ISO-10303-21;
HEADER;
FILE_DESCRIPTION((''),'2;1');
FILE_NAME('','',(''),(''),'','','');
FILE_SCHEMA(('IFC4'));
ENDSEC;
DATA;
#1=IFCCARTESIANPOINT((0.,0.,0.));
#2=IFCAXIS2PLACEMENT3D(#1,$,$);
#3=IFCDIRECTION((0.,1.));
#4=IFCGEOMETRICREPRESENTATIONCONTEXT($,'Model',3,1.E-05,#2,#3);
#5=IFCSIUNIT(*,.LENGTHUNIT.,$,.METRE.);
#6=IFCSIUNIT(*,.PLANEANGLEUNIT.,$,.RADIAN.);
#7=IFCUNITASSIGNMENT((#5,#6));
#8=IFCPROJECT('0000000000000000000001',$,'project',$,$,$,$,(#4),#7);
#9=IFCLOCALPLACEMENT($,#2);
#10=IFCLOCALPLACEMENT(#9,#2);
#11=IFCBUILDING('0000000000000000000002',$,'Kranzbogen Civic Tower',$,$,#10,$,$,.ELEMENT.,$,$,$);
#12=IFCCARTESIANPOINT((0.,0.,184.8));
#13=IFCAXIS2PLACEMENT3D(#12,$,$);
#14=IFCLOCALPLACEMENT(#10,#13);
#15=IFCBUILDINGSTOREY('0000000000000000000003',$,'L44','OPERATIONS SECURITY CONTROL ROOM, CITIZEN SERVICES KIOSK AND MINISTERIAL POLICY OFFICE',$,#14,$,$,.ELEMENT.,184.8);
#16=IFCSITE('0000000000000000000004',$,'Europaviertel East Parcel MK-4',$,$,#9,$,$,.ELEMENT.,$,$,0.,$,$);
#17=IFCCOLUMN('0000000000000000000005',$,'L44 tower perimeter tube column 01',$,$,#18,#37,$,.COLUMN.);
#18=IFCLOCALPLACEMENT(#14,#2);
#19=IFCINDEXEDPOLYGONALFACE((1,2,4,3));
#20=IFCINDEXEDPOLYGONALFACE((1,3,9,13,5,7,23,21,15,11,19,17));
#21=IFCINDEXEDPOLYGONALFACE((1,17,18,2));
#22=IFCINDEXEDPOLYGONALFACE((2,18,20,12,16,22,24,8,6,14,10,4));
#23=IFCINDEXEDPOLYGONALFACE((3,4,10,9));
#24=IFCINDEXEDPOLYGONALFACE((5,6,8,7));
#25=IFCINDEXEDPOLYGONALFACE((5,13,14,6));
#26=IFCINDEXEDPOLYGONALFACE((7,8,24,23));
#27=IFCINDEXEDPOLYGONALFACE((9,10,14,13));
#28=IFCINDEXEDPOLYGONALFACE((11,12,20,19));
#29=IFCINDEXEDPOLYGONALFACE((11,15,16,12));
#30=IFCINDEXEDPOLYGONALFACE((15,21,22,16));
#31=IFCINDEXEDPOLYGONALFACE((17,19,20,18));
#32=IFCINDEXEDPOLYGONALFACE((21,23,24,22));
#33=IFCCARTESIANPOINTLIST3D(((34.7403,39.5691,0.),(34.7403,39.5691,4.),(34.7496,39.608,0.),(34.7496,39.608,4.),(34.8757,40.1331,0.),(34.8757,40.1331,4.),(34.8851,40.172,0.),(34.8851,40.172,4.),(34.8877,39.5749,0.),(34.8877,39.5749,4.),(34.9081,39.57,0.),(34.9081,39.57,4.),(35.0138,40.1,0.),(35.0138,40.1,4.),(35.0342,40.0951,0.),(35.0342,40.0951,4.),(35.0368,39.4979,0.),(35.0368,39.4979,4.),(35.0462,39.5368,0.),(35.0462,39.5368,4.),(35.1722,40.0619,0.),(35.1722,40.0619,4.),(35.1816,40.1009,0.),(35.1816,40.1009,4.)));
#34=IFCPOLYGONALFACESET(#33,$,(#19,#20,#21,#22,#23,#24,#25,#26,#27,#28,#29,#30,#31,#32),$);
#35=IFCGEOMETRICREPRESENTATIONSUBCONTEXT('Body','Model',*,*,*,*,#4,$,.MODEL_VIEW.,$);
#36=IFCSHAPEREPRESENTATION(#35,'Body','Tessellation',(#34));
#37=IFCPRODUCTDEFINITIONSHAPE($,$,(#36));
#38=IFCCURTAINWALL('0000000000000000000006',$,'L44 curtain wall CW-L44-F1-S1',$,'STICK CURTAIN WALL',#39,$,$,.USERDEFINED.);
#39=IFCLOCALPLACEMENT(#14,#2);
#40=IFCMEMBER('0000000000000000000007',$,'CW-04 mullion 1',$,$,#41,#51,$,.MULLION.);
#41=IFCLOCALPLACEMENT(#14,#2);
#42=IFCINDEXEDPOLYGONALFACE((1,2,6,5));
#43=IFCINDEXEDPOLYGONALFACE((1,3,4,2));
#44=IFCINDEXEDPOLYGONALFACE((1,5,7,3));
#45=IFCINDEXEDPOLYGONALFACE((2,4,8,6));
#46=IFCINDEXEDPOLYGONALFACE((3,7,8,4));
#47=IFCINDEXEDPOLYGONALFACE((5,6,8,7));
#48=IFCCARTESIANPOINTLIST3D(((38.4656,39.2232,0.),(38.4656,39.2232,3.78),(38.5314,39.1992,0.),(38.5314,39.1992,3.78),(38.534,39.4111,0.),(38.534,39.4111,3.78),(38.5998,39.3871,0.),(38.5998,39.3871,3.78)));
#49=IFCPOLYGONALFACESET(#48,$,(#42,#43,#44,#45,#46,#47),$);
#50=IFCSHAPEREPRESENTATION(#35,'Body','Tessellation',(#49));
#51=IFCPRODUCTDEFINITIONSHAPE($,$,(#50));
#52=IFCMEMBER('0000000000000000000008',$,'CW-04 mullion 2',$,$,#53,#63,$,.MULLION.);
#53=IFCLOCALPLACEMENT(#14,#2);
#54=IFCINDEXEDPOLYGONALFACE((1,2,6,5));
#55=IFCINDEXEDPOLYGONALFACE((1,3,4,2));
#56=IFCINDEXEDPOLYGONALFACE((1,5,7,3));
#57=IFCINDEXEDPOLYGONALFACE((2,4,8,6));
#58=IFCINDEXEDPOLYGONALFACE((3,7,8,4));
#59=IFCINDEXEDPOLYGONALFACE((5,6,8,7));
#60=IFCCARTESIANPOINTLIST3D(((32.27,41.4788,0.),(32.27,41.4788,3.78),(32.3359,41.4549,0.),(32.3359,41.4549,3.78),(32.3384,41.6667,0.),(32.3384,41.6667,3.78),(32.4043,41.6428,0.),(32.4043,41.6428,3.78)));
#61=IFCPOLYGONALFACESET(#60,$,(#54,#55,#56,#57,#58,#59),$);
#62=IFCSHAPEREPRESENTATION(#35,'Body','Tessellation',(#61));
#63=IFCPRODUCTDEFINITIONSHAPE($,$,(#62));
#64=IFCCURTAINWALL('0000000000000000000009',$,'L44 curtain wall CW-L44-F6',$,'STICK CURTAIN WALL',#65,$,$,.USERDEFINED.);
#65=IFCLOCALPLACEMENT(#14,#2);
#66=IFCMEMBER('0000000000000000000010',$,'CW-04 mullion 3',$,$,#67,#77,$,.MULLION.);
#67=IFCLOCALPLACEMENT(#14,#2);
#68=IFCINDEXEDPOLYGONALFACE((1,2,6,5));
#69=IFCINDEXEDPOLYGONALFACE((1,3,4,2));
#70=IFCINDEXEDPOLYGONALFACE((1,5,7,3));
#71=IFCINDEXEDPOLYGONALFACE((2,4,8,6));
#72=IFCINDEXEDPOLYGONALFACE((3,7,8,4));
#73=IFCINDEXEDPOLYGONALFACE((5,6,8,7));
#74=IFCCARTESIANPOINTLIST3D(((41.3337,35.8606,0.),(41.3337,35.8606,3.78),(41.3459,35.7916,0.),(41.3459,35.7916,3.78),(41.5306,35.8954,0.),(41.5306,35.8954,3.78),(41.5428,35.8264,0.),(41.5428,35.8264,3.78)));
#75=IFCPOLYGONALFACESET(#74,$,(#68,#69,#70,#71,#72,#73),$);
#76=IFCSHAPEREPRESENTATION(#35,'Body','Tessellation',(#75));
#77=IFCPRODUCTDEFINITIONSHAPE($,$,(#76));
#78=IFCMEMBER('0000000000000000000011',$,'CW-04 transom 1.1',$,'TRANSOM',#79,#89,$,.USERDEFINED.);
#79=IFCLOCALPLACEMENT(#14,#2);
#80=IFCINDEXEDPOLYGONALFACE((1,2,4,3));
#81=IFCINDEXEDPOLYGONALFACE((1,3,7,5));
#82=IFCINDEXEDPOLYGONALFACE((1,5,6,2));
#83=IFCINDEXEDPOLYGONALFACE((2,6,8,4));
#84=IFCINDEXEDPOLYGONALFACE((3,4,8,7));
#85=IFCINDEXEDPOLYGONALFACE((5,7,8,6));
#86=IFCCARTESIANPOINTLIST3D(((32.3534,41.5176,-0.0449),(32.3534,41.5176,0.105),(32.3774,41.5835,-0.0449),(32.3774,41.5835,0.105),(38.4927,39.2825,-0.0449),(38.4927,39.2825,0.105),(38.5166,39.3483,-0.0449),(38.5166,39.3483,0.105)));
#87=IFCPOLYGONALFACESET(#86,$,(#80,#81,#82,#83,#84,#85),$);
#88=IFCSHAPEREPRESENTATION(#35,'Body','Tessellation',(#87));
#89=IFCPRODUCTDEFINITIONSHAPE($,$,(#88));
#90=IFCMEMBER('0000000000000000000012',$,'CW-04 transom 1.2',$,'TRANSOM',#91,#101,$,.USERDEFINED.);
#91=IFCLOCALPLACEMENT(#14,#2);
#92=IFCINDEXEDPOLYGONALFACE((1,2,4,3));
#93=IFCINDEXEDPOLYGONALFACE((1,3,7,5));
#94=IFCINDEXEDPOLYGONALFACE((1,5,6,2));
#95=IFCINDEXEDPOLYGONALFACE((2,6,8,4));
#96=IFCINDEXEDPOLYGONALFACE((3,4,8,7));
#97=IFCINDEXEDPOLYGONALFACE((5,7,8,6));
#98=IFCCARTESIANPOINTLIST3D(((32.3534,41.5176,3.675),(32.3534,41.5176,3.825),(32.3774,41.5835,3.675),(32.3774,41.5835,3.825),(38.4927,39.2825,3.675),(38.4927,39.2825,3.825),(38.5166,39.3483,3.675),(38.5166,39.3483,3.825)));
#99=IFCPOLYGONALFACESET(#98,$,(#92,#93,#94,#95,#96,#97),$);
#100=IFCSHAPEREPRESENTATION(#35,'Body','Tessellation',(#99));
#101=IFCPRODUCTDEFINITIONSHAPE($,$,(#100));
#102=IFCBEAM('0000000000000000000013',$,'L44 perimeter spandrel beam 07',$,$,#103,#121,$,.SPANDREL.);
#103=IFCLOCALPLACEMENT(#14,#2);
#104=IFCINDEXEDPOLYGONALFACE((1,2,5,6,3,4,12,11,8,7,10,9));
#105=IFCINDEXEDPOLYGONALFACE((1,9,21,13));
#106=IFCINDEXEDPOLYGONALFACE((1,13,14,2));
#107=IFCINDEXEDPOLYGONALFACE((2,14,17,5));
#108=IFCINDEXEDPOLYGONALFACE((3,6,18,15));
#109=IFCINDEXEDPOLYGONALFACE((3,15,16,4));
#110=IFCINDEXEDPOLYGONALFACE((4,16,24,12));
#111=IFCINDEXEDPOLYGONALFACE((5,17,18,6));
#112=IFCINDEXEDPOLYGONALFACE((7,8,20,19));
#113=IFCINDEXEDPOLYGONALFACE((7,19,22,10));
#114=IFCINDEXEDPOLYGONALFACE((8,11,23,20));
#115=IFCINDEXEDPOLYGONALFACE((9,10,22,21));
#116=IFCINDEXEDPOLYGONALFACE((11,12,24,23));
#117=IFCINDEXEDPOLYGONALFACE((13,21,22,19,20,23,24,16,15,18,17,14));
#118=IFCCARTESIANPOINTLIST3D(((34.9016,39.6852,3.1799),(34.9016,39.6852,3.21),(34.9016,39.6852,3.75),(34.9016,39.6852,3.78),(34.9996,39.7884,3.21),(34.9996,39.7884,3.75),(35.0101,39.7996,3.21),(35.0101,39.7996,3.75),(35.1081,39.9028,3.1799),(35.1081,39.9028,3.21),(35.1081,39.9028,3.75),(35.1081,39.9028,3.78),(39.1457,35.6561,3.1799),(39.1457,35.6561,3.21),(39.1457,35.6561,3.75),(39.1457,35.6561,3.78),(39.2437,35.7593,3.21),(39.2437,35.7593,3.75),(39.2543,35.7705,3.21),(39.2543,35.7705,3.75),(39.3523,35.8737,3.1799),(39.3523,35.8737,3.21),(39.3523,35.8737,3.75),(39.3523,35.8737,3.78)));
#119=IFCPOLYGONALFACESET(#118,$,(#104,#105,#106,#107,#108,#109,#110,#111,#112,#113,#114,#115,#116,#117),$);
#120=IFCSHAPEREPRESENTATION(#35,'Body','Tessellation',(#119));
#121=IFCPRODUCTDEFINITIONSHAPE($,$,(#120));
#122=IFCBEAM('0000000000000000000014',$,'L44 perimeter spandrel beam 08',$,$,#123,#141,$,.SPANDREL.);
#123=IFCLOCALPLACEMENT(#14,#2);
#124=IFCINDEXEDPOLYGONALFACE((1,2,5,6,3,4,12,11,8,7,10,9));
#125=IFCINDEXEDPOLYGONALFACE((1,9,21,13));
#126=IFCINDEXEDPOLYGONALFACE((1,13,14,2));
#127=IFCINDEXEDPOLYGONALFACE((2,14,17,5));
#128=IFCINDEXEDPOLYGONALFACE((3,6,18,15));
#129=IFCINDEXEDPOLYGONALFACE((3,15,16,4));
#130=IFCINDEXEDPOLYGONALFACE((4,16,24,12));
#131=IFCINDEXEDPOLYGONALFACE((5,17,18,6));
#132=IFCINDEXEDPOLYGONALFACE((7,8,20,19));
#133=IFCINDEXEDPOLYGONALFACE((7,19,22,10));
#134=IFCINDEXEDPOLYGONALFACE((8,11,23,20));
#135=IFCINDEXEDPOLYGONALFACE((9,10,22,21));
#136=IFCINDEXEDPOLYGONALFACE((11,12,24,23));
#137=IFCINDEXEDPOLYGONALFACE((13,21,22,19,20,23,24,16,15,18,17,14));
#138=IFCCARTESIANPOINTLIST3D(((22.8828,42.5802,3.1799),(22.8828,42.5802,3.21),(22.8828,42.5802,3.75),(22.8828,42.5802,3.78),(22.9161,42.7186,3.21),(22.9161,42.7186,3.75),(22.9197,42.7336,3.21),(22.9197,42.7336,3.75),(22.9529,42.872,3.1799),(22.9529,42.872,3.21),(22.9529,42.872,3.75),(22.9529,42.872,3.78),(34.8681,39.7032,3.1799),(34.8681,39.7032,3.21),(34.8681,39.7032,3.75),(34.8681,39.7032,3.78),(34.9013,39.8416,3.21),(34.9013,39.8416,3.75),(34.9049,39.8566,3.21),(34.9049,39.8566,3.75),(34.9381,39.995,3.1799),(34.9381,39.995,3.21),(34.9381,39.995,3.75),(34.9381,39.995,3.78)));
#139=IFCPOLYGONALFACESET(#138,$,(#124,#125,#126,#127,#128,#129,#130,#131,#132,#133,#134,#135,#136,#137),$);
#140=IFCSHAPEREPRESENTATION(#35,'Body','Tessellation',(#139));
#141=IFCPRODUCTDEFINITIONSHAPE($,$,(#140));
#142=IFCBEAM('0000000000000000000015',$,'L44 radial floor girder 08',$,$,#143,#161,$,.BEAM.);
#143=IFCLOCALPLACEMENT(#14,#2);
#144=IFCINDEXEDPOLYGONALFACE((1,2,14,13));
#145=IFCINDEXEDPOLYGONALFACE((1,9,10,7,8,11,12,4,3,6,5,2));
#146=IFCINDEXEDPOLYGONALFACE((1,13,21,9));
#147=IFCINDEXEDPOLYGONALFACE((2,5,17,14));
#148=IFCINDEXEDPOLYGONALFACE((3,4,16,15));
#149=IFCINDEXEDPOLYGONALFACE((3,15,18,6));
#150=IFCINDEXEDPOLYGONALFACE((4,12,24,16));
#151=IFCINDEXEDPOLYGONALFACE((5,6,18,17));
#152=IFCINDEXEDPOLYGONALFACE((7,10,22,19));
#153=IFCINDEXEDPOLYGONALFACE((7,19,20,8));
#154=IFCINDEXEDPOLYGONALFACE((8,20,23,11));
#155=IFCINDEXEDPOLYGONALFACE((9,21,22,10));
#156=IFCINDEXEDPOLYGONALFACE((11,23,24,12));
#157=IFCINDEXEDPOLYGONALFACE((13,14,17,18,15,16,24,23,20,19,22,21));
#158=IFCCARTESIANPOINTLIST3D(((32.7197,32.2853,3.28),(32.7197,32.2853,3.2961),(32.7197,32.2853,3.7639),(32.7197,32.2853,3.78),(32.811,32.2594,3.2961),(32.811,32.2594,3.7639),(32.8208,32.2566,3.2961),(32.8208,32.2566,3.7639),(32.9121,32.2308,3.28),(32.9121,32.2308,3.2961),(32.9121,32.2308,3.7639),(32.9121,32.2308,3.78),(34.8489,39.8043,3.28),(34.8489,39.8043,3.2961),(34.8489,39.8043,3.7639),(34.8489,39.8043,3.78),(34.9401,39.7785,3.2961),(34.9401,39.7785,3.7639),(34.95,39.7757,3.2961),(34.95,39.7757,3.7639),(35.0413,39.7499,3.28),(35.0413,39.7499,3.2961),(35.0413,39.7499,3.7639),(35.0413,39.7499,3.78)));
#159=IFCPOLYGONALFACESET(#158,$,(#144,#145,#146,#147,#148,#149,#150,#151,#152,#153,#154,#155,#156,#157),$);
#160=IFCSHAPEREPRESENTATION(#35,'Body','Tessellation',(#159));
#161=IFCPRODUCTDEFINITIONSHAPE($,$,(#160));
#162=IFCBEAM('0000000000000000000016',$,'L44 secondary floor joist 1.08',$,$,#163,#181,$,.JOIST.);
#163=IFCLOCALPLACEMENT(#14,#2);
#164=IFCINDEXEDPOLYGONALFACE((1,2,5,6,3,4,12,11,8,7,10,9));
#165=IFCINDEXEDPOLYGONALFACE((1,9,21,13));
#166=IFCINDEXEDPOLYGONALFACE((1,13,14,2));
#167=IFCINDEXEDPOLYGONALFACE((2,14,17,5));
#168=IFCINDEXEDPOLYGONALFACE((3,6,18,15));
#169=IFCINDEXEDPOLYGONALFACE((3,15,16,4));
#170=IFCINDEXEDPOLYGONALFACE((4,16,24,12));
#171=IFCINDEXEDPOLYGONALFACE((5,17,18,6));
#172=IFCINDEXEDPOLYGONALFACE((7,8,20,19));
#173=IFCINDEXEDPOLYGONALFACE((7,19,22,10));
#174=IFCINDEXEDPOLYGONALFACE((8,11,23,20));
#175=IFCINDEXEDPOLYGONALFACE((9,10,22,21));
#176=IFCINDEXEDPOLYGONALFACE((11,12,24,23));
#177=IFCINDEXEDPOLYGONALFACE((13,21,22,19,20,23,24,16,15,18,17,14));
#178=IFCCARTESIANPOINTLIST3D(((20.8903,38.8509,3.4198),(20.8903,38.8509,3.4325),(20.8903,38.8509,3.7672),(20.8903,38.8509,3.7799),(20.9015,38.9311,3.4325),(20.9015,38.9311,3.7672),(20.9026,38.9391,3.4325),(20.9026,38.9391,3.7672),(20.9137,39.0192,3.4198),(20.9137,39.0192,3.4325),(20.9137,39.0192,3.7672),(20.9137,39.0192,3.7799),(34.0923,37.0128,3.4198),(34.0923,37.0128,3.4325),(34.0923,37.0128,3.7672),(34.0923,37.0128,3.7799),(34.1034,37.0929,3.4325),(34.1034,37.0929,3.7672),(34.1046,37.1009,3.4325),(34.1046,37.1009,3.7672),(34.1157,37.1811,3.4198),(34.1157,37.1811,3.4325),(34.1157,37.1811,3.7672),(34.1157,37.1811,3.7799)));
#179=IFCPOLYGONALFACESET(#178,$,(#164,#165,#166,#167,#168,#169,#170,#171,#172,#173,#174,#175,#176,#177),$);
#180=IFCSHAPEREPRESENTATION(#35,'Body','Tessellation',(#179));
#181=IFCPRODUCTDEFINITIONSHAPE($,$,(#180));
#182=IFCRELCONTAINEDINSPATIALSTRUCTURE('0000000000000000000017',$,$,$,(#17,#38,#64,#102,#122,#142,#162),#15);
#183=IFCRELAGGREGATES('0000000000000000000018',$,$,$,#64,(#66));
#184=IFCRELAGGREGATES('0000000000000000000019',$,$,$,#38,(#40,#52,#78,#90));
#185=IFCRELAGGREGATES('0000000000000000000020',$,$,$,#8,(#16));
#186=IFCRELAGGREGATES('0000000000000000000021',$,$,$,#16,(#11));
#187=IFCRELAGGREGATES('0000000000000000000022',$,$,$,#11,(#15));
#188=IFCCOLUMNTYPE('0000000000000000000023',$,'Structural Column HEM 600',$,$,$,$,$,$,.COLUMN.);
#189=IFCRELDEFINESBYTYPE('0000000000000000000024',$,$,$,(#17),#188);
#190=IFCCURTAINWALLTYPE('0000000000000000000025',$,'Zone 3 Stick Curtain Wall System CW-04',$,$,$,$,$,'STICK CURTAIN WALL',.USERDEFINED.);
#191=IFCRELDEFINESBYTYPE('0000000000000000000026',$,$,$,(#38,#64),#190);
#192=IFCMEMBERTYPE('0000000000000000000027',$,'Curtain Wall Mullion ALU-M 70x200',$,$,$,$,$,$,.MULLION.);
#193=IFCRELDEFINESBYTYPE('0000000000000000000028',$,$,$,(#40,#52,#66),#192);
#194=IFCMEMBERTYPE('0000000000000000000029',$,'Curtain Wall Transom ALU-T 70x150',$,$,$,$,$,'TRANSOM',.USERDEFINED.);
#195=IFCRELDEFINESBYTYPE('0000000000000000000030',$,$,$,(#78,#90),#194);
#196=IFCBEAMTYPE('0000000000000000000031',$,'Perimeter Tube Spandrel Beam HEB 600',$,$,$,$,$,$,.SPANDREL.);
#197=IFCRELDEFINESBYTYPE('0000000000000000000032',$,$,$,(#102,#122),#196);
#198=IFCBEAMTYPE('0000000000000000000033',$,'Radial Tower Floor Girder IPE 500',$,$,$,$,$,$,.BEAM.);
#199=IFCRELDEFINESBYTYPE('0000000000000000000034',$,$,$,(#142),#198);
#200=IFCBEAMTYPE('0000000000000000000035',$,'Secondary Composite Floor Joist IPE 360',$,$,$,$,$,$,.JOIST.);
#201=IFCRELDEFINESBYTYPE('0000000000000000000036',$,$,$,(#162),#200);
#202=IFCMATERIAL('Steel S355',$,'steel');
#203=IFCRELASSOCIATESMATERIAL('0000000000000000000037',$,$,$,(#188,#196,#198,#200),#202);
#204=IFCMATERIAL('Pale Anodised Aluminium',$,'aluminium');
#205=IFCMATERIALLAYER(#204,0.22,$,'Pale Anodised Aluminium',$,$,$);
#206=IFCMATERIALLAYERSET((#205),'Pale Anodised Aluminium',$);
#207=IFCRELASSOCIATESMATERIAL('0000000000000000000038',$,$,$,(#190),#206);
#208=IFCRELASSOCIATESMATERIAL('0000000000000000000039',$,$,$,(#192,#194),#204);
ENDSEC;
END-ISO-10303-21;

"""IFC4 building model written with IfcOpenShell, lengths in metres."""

from ifc_helpers import new_model, si_unit, direction, frame, origin, origin_2d, place, context, subcontext, project, spatial, rectangle, i_section, extrude, material, layer, layer_set, material_profile, profile_set, type_object, element, aggregate, save


model = new_model("IFC4")

# Units and contexts
model_context = context("Model", 3, precision=1e-05, world=origin(), true_north=direction((0.0, 1.0)))
body_context = subcontext(model_context, "Body", "Model", "MODEL_VIEW")
ifc_project = project(units=[si_unit("LENGTHUNIT", "METRE"), si_unit("PLANEANGLEUNIT", "RADIAN")], contexts=[model_context])

# Site, building, storey
site_placement = place(None, origin())
site = spatial("IfcSite", under=ifc_project, at=site_placement, Name="Europaviertel East Parcel MK-4", CompositionType="ELEMENT", RefElevation=0.0)
building_placement = place(site_placement, origin())
building = spatial("IfcBuilding", under=site, at=building_placement, Name="Kranzbogen Civic Tower", CompositionType="ELEMENT")
storey_placement = place(building_placement, frame((0.0, 0.0, 184.8)))
storey = spatial("IfcBuildingStorey", under=building, at=storey_placement, Name="L44", Description="OPERATIONS SECURITY CONTROL ROOM, CITIZEN SERVICES KIOSK AND MINISTERIAL POLICY OFFICE", CompositionType="ELEMENT", Elevation=184.8)

# Column
ifc_material_1 = material(Name="Steel S355", Category="steel")
ifc_material_profile_1 = material_profile(ifc_material_1, i_section(OverallWidth=0.3049, OverallDepth=0.6201, WebThickness=0.021, FlangeThickness=0.04, at=origin_2d()), Name="HEM 600")
ifc_profile_set_1 = profile_set([ifc_material_profile_1], Name="Steel S355")
column_type = type_object("IfcColumnType", Name="Structural Column HEM 600", PredefinedType="COLUMN", material=ifc_profile_set_1)
column_placement = place(storey_placement, frame((34.9609, 39.835, 0.0), z_axis=(0.0, 0.0, 1.0), x_axis=(-0.97237, 0.233445, 0.0)))
element("IfcColumn", 1, at=column_placement, inside=storey, type_object=column_type, Name="L44 tower perimeter tube column 01", PredefinedType="COLUMN", context=body_context, shape_type="SweptSolid", body=[
    extrude(i_section(OverallWidth=0.3049, OverallDepth=0.6201, WebThickness=0.021, FlangeThickness=0.04, at=origin_2d()), origin(), (0.0, 0.0, 1.0), 4.0),
])

# Curtain wall, members
ifc_material_2 = material(Name="Pale Anodised Aluminium", Category="aluminium")
ifc_layer_1 = layer(ifc_material_2, 0.22, Name="Pale Anodised Aluminium")
ifc_layer_set_1 = layer_set([ifc_layer_1], Name="Pale Anodised Aluminium")
curtain_wall_type = type_object("IfcCurtainWallType", Name="Zone 3 Stick Curtain Wall System CW-04", ElementType="STICK CURTAIN WALL", PredefinedType="USERDEFINED", material=ifc_layer_set_1)
curtain_wall_1_placement = place(storey_placement, origin())
curtain_wall_1 = element("IfcCurtainWall", 2, at=curtain_wall_1_placement, inside=storey, type_object=curtain_wall_type, Name="L44 curtain wall CW-L44-F1-S1", ObjectType="STICK CURTAIN WALL", PredefinedType="USERDEFINED")
ifc_material_profile_2 = material_profile(ifc_material_2, rectangle(XDim=0.0701, YDim=0.2, at=origin_2d()), Name="ALU-M 70x200")
ifc_profile_set_2 = profile_set([ifc_material_profile_2], Name="Pale Anodised Aluminium")
member_type_1 = type_object("IfcMemberType", Name="Curtain Wall Mullion ALU-M 70x200", PredefinedType="MULLION", material=ifc_profile_set_2)
member_1_placement = place(storey_placement, frame((38.5327, 39.3052, 0.0), z_axis=(0.0, 0.0, 1.0), x_axis=(-0.93967, 0.342081, 0.0)))
member_1 = element("IfcMember", 3, at=member_1_placement, type_object=member_type_1, Name="CW-04 mullion 1", PredefinedType="MULLION", context=body_context, shape_type="SweptSolid", body=[
    extrude(rectangle(XDim=0.0701, YDim=0.2, at=origin_2d()), origin(), (0.0, 0.0, 1.0), 3.78),
])
member_2_placement = place(storey_placement, frame((32.3372, 41.5608, 0.0), z_axis=(0.0, 0.0, 1.0), x_axis=(-0.93967, 0.342081, 0.0)))
member_2 = element("IfcMember", 4, at=member_2_placement, type_object=member_type_1, Name="CW-04 mullion 2", PredefinedType="MULLION", context=body_context, shape_type="SweptSolid", body=[
    extrude(rectangle(XDim=0.0701, YDim=0.2, at=origin_2d()), origin(), (0.0, 0.0, 1.0), 3.78),
])

# Curtain wall, member
curtain_wall_2_placement = place(storey_placement, origin())
curtain_wall_2 = element("IfcCurtainWall", 5, at=curtain_wall_2_placement, inside=storey, type_object=curtain_wall_type, Name="L44 curtain wall CW-L44-F6", ObjectType="STICK CURTAIN WALL", PredefinedType="USERDEFINED")
member_3_placement = place(storey_placement, frame((41.4382, 35.8435, 0.0), z_axis=(0.0, 0.0, 1.0), x_axis=(-0.173673, 0.984803, 0.0)))
member_3 = element("IfcMember", 6, at=member_3_placement, type_object=member_type_1, Name="CW-04 mullion 3", PredefinedType="MULLION", context=body_context, shape_type="SweptSolid", body=[
    extrude(rectangle(XDim=0.0701, YDim=0.2, at=origin_2d()), origin(), (0.0, 0.0, 1.0), 3.78),
])
aggregate(curtain_wall_2, [member_3])

# Members
ifc_material_profile_3 = material_profile(ifc_material_2, rectangle(XDim=0.0701, YDim=0.1499, at=origin_2d()), Name="ALU-T 70x150")
ifc_profile_set_3 = profile_set([ifc_material_profile_3], Name="Pale Anodised Aluminium")
member_type_2 = type_object("IfcMemberType", Name="Curtain Wall Transom ALU-T 70x150", ElementType="TRANSOM", PredefinedType="USERDEFINED", material=ifc_profile_set_3)
member_4_placement = place(storey_placement, frame((38.5046, 39.3154, 0.03), z_axis=(-0.939661, 0.342106, 0.0), x_axis=(-0.342106, -0.939661, 0.0)))
member_4 = element("IfcMember", 7, at=member_4_placement, type_object=member_type_2, Name="CW-04 transom 1.1", ObjectType="TRANSOM", PredefinedType="USERDEFINED", context=body_context, shape_type="SweptSolid", body=[
    extrude(rectangle(XDim=0.0701, YDim=0.1499, at=origin_2d()), origin(), (0.0, 0.0, 1.0), 6.5334),
])
member_5_placement = place(storey_placement, frame((38.5046, 39.3154, 3.75), z_axis=(-0.939661, 0.342106, 0.0), x_axis=(-0.342106, -0.939661, 0.0)))
member_5 = element("IfcMember", 8, at=member_5_placement, type_object=member_type_2, Name="CW-04 transom 1.2", ObjectType="TRANSOM", PredefinedType="USERDEFINED", context=body_context, shape_type="SweptSolid", body=[
    extrude(rectangle(XDim=0.0701, YDim=0.1499, at=origin_2d()), origin(), (0.0, 0.0, 1.0), 6.5334),
])

# Beams
ifc_material_profile_4 = material_profile(ifc_material_1, i_section(OverallWidth=0.3, OverallDepth=0.6001, WebThickness=0.0154, FlangeThickness=0.03, at=origin_2d()), Name="HEB 600")
ifc_profile_set_4 = profile_set([ifc_material_profile_4], Name="Steel S355")
beam_type_1 = type_object("IfcBeamType", Name="Perimeter Tube Spandrel Beam HEB 600", PredefinedType="SPANDREL", material=ifc_profile_set_4)
beam_1_placement = place(storey_placement, frame((39.249, 35.7649, 3.48), z_axis=(-0.725245, 0.688491, 0.0), x_axis=(-0.688491, -0.725245, 0.0)))
element("IfcBeam", 9, at=beam_1_placement, inside=storey, type_object=beam_type_1, Name="L44 perimeter spandrel beam 07", PredefinedType="SPANDREL", context=body_context, shape_type="SweptSolid", body=[
    extrude(i_section(OverallWidth=0.3, OverallDepth=0.6001, WebThickness=0.0154, FlangeThickness=0.03, at=origin_2d()), origin(), (0.0, 0.0, 1.0), 5.8521),
])
beam_2_placement = place(storey_placement, frame((34.9031, 39.8491, 3.48), z_axis=(-0.972378, 0.233413, 0.0), x_axis=(-0.233413, -0.972378, 0.0)))
element("IfcBeam", 10, at=beam_2_placement, inside=storey, type_object=beam_type_1, Name="L44 perimeter spandrel beam 08", PredefinedType="SPANDREL", context=body_context, shape_type="SweptSolid", body=[
    extrude(i_section(OverallWidth=0.3, OverallDepth=0.6001, WebThickness=0.0154, FlangeThickness=0.03, at=origin_2d()), origin(), (0.0, 0.0, 1.0), 12.3257),
])
ifc_material_profile_5 = material_profile(ifc_material_1, i_section(OverallWidth=0.2, OverallDepth=0.5, WebThickness=0.0103, FlangeThickness=0.0161, at=origin_2d()), Name="IPE 500")
ifc_profile_set_5 = profile_set([ifc_material_profile_5], Name="Steel S355")
beam_type_2 = type_object("IfcBeamType", Name="Radial Tower Floor Girder IPE 500", PredefinedType="BEAM", material=ifc_profile_set_5)
beam_3_placement = place(storey_placement, frame((34.9451, 39.7771, 3.53), z_axis=(-0.272455, -0.962169, 0.0), x_axis=(0.962169, -0.272455, 0.0)))
element("IfcBeam", 11, at=beam_3_placement, inside=storey, type_object=beam_type_2, Name="L44 radial floor girder 08", PredefinedType="BEAM", context=body_context, shape_type="SweptSolid", body=[
    extrude(i_section(OverallWidth=0.2, OverallDepth=0.5, WebThickness=0.0103, FlangeThickness=0.0161, at=origin_2d()), origin(), (0.0, 0.0, 1.0), 7.8147),
])
ifc_material_profile_6 = material_profile(ifc_material_1, i_section(OverallWidth=0.1699, OverallDepth=0.3601, WebThickness=0.0081, FlangeThickness=0.0127, at=origin_2d()), Name="IPE 360")
ifc_profile_set_6 = profile_set([ifc_material_profile_6], Name="Steel S355")
beam_type_3 = type_object("IfcBeamType", Name="Secondary Composite Floor Joist IPE 360", PredefinedType="JOIST", material=ifc_profile_set_6)
beam_4_placement = place(storey_placement, frame((34.104, 37.0969, 3.5999), z_axis=(-0.990446, 0.137902, 0.0), x_axis=(-0.137902, -0.990446, 0.0)))
element("IfcBeam", 12, at=beam_4_placement, inside=storey, type_object=beam_type_3, Name="L44 secondary floor joist 1.08", PredefinedType="JOIST", context=body_context, shape_type="SweptSolid", body=[
    extrude(i_section(OverallWidth=0.1699, OverallDepth=0.3601, WebThickness=0.0081, FlangeThickness=0.0127, at=origin_2d()), origin(), (0.0, 0.0, 1.0), 13.3293),
])

aggregate(curtain_wall_1, [member_1, member_2, member_4, member_5])

save(model, "model.ifc")
